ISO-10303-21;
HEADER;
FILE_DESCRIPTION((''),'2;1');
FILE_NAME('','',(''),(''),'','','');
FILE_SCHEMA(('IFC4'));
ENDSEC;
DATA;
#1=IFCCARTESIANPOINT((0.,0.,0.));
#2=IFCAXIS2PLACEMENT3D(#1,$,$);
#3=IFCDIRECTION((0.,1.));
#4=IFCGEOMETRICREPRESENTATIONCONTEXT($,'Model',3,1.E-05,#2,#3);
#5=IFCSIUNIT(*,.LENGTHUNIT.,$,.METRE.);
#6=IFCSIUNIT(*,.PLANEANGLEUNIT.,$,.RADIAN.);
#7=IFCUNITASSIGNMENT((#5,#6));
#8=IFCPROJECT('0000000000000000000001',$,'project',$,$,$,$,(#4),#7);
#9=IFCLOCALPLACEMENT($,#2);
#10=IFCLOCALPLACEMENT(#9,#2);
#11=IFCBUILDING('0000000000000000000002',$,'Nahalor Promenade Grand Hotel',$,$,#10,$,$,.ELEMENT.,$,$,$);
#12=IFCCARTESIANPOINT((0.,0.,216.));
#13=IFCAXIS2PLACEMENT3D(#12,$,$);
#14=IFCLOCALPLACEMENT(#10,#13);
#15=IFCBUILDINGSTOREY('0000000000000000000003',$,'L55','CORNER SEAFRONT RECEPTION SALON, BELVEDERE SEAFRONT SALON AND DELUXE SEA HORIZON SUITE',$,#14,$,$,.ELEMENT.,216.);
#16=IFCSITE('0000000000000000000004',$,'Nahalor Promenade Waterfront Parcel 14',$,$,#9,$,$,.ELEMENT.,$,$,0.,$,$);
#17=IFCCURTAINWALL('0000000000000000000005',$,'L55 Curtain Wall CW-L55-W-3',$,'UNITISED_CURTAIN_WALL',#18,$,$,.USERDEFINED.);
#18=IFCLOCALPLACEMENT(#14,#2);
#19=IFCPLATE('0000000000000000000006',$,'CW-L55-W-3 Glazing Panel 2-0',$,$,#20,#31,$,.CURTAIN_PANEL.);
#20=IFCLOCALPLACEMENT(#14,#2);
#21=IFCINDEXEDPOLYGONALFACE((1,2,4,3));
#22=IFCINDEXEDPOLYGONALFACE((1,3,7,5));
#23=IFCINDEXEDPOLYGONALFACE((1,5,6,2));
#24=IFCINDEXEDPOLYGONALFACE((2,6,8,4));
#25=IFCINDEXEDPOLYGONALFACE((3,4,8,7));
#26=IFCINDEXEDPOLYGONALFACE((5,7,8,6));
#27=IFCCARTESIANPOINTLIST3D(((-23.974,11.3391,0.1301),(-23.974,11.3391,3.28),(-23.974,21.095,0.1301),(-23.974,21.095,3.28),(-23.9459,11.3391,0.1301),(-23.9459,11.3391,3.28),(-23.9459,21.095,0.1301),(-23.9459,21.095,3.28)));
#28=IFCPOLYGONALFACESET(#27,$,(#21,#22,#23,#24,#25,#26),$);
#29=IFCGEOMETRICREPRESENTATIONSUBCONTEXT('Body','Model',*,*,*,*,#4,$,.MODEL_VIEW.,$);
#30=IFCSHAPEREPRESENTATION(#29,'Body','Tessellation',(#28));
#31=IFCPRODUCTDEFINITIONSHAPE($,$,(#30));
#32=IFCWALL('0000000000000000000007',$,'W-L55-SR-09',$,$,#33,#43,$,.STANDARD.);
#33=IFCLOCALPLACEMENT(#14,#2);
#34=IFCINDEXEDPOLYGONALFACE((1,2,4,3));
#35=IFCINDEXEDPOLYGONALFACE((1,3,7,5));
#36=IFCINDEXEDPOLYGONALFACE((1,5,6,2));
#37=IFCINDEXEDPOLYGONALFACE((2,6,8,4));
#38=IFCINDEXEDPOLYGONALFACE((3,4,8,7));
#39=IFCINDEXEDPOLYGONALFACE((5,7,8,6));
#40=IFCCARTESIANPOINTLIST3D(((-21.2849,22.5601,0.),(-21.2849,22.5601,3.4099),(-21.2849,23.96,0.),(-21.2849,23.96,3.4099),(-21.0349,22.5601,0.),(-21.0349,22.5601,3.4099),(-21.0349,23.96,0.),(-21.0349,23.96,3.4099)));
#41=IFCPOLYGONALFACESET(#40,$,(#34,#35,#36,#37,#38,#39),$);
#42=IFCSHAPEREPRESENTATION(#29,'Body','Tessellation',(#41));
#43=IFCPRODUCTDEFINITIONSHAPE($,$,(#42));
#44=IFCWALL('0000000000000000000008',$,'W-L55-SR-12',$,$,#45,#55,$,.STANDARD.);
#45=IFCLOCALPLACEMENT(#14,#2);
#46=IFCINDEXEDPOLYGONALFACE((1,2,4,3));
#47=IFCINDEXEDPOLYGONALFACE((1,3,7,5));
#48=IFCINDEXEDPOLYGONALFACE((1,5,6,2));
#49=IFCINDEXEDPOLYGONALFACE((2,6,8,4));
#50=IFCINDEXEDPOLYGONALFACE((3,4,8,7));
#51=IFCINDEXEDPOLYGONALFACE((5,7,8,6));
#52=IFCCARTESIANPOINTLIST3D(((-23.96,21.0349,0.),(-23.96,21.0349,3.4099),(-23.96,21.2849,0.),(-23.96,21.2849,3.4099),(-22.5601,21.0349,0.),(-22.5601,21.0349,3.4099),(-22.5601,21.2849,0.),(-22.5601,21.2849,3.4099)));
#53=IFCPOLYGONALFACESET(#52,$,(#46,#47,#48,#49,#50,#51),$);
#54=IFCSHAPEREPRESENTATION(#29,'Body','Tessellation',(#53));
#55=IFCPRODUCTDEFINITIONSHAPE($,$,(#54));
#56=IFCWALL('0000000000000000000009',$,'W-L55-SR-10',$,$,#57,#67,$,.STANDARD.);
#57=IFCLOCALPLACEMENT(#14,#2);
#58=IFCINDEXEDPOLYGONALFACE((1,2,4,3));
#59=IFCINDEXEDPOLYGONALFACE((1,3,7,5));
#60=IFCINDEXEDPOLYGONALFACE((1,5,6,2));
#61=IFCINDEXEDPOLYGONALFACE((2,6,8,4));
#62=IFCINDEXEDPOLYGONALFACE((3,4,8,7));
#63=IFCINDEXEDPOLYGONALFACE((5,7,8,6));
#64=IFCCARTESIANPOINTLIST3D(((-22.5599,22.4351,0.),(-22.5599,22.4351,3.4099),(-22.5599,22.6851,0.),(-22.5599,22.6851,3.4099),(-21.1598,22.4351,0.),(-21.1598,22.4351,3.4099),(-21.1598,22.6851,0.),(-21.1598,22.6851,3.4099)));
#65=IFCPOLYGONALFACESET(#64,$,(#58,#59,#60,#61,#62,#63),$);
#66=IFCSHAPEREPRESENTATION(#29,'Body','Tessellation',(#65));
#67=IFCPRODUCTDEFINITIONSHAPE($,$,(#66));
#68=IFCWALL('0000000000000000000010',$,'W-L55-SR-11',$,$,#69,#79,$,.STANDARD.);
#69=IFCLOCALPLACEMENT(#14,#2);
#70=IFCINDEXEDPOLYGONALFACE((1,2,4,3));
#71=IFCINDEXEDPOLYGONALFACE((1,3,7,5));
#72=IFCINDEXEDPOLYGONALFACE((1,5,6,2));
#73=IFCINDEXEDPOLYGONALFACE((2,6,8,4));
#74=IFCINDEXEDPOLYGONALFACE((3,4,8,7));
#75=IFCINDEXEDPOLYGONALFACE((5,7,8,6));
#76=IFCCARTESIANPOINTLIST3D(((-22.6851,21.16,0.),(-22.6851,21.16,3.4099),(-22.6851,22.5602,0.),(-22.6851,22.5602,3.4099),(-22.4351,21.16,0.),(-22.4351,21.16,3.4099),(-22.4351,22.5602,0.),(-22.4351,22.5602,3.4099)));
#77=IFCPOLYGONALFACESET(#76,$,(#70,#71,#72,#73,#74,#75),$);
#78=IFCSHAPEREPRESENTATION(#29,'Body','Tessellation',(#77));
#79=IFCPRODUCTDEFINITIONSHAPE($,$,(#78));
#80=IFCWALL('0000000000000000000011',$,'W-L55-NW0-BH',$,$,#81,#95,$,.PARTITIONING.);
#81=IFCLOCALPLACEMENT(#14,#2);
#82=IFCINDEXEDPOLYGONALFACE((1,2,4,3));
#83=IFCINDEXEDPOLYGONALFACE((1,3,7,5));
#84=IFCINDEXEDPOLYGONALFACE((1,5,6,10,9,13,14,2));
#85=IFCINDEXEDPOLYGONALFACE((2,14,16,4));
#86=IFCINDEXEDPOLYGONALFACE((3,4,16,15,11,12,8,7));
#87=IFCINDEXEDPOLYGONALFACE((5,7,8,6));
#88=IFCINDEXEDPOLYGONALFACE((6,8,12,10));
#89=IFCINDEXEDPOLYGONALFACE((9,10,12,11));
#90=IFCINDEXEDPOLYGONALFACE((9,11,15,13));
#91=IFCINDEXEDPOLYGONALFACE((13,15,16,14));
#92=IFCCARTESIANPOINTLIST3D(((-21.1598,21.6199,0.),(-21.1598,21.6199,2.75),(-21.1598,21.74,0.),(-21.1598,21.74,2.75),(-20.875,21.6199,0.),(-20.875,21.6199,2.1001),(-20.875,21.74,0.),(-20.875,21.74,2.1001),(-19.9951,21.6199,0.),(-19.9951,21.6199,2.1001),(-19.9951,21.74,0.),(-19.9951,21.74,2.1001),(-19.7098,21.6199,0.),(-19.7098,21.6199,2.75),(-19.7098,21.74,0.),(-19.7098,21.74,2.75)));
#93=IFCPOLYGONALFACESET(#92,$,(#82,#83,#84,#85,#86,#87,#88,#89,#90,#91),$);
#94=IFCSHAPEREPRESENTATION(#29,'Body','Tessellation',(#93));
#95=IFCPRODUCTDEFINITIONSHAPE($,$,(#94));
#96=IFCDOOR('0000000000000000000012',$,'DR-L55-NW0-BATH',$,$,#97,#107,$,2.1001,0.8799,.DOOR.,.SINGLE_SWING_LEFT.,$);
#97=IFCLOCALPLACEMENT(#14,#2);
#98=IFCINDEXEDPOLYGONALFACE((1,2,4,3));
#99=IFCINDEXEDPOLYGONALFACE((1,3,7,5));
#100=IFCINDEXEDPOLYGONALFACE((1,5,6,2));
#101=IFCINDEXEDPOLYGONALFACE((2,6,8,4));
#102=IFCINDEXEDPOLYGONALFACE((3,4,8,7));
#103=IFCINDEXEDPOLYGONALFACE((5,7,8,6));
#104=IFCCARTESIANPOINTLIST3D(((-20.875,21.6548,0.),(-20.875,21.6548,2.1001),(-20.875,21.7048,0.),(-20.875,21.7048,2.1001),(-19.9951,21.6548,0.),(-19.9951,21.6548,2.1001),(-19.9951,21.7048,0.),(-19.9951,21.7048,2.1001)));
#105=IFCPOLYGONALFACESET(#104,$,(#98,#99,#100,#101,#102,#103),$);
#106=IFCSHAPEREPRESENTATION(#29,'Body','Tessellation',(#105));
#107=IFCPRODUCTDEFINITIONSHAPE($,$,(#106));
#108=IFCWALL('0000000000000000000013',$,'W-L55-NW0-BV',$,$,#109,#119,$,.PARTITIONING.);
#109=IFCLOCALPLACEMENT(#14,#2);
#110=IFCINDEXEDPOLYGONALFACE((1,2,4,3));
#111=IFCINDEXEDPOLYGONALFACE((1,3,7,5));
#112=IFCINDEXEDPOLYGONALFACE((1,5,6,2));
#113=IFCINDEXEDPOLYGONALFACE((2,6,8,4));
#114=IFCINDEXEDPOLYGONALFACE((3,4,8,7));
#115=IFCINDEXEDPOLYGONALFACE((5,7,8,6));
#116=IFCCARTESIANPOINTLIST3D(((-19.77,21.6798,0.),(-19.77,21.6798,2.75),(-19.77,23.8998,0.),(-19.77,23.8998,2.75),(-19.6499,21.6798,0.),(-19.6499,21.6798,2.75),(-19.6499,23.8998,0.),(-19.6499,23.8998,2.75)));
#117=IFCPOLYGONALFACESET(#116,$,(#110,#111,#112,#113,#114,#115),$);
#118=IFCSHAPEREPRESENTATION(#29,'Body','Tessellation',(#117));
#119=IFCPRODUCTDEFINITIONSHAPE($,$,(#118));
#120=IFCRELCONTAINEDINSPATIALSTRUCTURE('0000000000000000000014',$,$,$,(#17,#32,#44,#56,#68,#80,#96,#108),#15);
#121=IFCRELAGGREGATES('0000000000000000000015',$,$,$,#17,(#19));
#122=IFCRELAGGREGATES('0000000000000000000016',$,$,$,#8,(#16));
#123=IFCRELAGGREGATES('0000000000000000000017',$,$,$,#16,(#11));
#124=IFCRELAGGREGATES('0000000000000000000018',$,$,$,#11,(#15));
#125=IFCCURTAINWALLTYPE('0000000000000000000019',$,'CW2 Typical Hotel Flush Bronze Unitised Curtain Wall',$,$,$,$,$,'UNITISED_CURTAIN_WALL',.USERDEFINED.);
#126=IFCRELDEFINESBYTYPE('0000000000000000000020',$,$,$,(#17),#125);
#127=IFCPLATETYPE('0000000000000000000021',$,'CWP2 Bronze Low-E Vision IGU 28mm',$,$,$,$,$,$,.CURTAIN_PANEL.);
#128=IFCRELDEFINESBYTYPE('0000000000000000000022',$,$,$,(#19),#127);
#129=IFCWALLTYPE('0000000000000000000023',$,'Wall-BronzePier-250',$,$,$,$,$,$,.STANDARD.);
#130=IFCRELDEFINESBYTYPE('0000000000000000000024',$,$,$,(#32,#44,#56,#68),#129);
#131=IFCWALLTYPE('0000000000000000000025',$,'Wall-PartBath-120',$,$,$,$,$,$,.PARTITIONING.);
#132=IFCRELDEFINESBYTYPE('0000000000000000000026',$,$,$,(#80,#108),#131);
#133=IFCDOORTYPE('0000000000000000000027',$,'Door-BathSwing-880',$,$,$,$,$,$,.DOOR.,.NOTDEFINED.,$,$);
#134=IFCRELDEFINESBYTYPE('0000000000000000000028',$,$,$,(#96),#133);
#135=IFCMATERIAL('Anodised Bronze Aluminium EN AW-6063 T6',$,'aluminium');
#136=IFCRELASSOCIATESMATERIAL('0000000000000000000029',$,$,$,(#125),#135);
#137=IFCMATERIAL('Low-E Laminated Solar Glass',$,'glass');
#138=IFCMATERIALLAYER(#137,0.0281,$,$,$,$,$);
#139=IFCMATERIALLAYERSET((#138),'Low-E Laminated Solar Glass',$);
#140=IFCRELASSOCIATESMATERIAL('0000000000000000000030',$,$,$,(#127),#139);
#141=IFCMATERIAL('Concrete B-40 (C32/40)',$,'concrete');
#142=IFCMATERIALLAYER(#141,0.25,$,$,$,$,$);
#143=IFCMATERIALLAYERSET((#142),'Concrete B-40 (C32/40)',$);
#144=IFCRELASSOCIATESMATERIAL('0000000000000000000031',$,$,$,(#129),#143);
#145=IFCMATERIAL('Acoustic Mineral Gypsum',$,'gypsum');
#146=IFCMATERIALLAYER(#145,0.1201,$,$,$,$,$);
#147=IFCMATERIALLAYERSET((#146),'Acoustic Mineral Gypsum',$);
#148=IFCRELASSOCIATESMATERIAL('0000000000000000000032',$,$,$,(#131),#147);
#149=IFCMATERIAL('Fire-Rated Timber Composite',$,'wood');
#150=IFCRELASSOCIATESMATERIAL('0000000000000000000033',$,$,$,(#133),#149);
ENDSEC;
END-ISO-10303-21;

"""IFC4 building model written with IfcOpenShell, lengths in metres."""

from ifc_helpers import new_model, si_unit, direction, frame, frame_2d, origin, origin_2d, place, context, subcontext, project, spatial, rectangle, extrude, source, transform, mapped, material, layer, layer_set, type_object, element, fill, aggregate, save


model = new_model("IFC4")

# Units and contexts
model_context = context("Model", 3, precision=1e-05, world=origin(), true_north=direction((0.0, 1.0)))
body_context = subcontext(model_context, "Body", "Model", "MODEL_VIEW")
ifc_project = project(units=[si_unit("LENGTHUNIT", "METRE"), si_unit("PLANEANGLEUNIT", "RADIAN")], contexts=[model_context])

# Site, building, storey
site_placement = place(None, origin())
site = spatial("IfcSite", under=ifc_project, at=site_placement, Name="Nahalor Promenade Waterfront Parcel 14", CompositionType="ELEMENT", RefElevation=0.0)
building_placement = place(site_placement, origin())
building = spatial("IfcBuilding", under=site, at=building_placement, Name="Nahalor Promenade Grand Hotel", CompositionType="ELEMENT")
storey_placement = place(building_placement, frame((0.0, 0.0, 216.0)))
storey = spatial("IfcBuildingStorey", under=building, at=storey_placement, Name="L55", Description="CORNER SEAFRONT RECEPTION SALON, BELVEDERE SEAFRONT SALON AND DELUXE SEA HORIZON SUITE", CompositionType="ELEMENT", Elevation=216.0)

# Curtain wall
ifc_material_1 = material(Name="Anodised Bronze Aluminium EN AW-6063 T6", Category="aluminium")
curtain_wall_type = type_object("IfcCurtainWallType", Name="CW2 Typical Hotel Flush Bronze Unitised Curtain Wall", ElementType="UNITISED_CURTAIN_WALL", PredefinedType="USERDEFINED", material=ifc_material_1)
curtain_wall_1_placement = place(storey_placement, origin())
curtain_wall_1 = element("IfcCurtainWall", 1, at=curtain_wall_1_placement, inside=storey, type_object=curtain_wall_type, Name="L55 Curtain Wall CW-L55-W-3", ObjectType="UNITISED_CURTAIN_WALL", PredefinedType="USERDEFINED")

# Plate
ifc_material_2 = material(Name="Low-E Laminated Solar Glass", Category="glass")
ifc_layer_1 = layer(ifc_material_2, 0.0281)
ifc_layer_set_1 = layer_set([ifc_layer_1], Name="Low-E Laminated Solar Glass")
plate_type = type_object("IfcPlateType", Name="CWP2 Bronze Low-E Vision IGU 28mm", PredefinedType="CURTAIN_PANEL", material=ifc_layer_set_1)
shared_shape_1 = source(origin(), body_context, "Body", "SweptSolid", [
    extrude(rectangle(XDim=9.7559, YDim=0.0281, at=origin_2d()), origin(), (0.0, 0.0, 1.0), 3.1499),
])
plate_placement = place(storey_placement, frame((-23.96, 16.217, 0.1301), z_axis=(0.0, 0.0, 1.0), x_axis=(0.0, 1.0, 0.0)))
plate = element("IfcPlate", 2, at=plate_placement, type_object=plate_type, Name="CW-L55-W-3 Glazing Panel 2-0", PredefinedType="CURTAIN_PANEL", context=body_context, shape_type="MappedRepresentation", body=[
    mapped(shared_shape_1, transform((0.0, 0.0, 0.0), scale=1.0)),
])
aggregate(curtain_wall_1, [plate])

# Walls
ifc_material_3 = material(Name="Concrete B-40 (C32/40)", Category="concrete")
ifc_layer_2 = layer(ifc_material_3, 0.25)
ifc_layer_set_2 = layer_set([ifc_layer_2], Name="Concrete B-40 (C32/40)")
wall_type_1 = type_object("IfcWallType", Name="Wall-BronzePier-250", PredefinedType="STANDARD", material=ifc_layer_set_2)
shared_shape_2 = source(origin(), body_context, "Body", "SweptSolid", [
    extrude(rectangle(XDim=1.3999, YDim=0.25, at=frame_2d((0.7, 0.0))), origin(), (0.0, 0.0, 1.0), 3.4099),
])
for number, where, z_axis, x_axis, name in (
    (3, (-21.1599, 22.5601, 0.0), (0.0, 0.0, 1.0), (0.0, 1.0, 0.0), "W-L55-SR-09"),
    (4, (-23.96, 21.1599, 0.0), (0.0, 0.0, 1.0), (1.0, 0.0, 0.0), "W-L55-SR-12"),
):
    element("IfcWall", number, at=place(storey_placement, frame(where, z_axis=z_axis, x_axis=x_axis)), inside=storey, type_object=wall_type_1, Name=name, PredefinedType="STANDARD", context=body_context, shape_type="MappedRepresentation", body=[
        mapped(shared_shape_2, transform((0.0, 0.0, 0.0), scale=1.0)),
    ])
shared_shape_3 = source(origin(), body_context, "Body", "SweptSolid", [
    extrude(rectangle(XDim=1.4001, YDim=0.25, at=frame_2d((0.7002, 0.0))), origin(), (0.0, 0.0, 1.0), 3.4099),
])
for number, where, z_axis, x_axis, name in (
    (5, (-22.5601, 22.5601, 0.0), (0.0, 0.0, 1.0), (1.0, 0.0, 0.0), "W-L55-SR-10"),
    (6, (-22.5601, 21.1599, 0.0), (0.0, 0.0, 1.0), (0.0, 1.0, 0.0), "W-L55-SR-11"),
):
    element("IfcWall", number, at=place(storey_placement, frame(where, z_axis=z_axis, x_axis=x_axis)), inside=storey, type_object=wall_type_1, Name=name, PredefinedType="STANDARD", context=body_context, shape_type="MappedRepresentation", body=[
        mapped(shared_shape_3, transform((0.0, 0.0, 0.0), scale=1.0)),
    ])

# Wall, opening, door
ifc_material_4 = material(Name="Acoustic Mineral Gypsum", Category="gypsum")
ifc_layer_3 = layer(ifc_material_4, 0.1201)
ifc_layer_set_3 = layer_set([ifc_layer_3], Name="Acoustic Mineral Gypsum")
wall_type_2 = type_object("IfcWallType", Name="Wall-PartBath-120", PredefinedType="PARTITIONING", material=ifc_layer_set_3)
shared_shape_4 = source(origin(), body_context, "Body", "SweptSolid", [
    extrude(rectangle(XDim=1.45, YDim=0.1201, at=frame_2d((0.7251, 0.0))), origin(), (0.0, 0.0, 1.0), 2.75),
])
wall_1_placement = place(storey_placement, frame((-21.1599, 21.6799, 0.0), z_axis=(0.0, 0.0, 1.0), x_axis=(1.0, 0.0, 0.0)))
wall_1 = element("IfcWall", 7, at=wall_1_placement, inside=storey, type_object=wall_type_2, Name="W-L55-NW0-BH", PredefinedType="PARTITIONING", context=body_context, shape_type="MappedRepresentation", body=[
    mapped(shared_shape_4, transform((0.0, 0.0, 0.0), scale=1.0)),
])
opening_placement = place(wall_1_placement, frame((0.2849, 0.0, 0.0)))
opening = element("IfcOpeningElement", 8, at=opening_placement, cuts=wall_1, PredefinedType="OPENING", context=body_context, shape_type="SweptSolid", body=[
    extrude(rectangle(XDim=0.8799, YDim=2.1001, at=frame_2d((0.4399, 1.05))), frame((0.0, 0.0701, 0.0), z_axis=(0.0, -1.0, 0.0), x_axis=(1.0, 0.0, 0.0)), (0.0, 0.0, 1.0), 0.1401),
])
ifc_material_5 = material(Name="Fire-Rated Timber Composite", Category="wood")
door_type = type_object("IfcDoorType", Name="Door-BathSwing-880", OperationType="NOTDEFINED", PredefinedType="DOOR", material=ifc_material_5)
shared_shape_5 = source(origin(), body_context, "Body", "SweptSolid", [
    extrude(rectangle(XDim=0.8799, YDim=2.1001, at=frame_2d((0.4399, 1.05))), frame((0.0, 0.0249, 0.0), z_axis=(0.0, -1.0, 0.0), x_axis=(1.0, 0.0, 0.0)), (0.0, 0.0, 1.0), 0.05),
])
door_placement = place(opening_placement, origin())
door = element("IfcDoor", 9, at=door_placement, inside=storey, type_object=door_type, Name="DR-L55-NW0-BATH", OperationType="SINGLE_SWING_LEFT", OverallHeight=2.1001, OverallWidth=0.8799, PredefinedType="DOOR", context=body_context, shape_type="MappedRepresentation", body=[
    mapped(shared_shape_5, transform((0.0, 0.0, 0.0), scale=1.0)),
])
fill(opening, door)

# Wall
shared_shape_6 = source(origin(), body_context, "Body", "SweptSolid", [
    extrude(rectangle(XDim=2.22, YDim=0.1201, at=frame_2d((1.1099, 0.0))), origin(), (0.0, 0.0, 1.0), 2.75),
])
wall_2_placement = place(storey_placement, frame((-19.71, 21.6799, 0.0), z_axis=(0.0, 0.0, 1.0), x_axis=(0.0, 1.0, 0.0)))
element("IfcWall", 10, at=wall_2_placement, inside=storey, type_object=wall_type_2, Name="W-L55-NW0-BV", PredefinedType="PARTITIONING", context=body_context, shape_type="MappedRepresentation", body=[
    mapped(shared_shape_6, transform((0.0, 0.0, 0.0), scale=1.0)),
])

save(model, "model.ifc")
